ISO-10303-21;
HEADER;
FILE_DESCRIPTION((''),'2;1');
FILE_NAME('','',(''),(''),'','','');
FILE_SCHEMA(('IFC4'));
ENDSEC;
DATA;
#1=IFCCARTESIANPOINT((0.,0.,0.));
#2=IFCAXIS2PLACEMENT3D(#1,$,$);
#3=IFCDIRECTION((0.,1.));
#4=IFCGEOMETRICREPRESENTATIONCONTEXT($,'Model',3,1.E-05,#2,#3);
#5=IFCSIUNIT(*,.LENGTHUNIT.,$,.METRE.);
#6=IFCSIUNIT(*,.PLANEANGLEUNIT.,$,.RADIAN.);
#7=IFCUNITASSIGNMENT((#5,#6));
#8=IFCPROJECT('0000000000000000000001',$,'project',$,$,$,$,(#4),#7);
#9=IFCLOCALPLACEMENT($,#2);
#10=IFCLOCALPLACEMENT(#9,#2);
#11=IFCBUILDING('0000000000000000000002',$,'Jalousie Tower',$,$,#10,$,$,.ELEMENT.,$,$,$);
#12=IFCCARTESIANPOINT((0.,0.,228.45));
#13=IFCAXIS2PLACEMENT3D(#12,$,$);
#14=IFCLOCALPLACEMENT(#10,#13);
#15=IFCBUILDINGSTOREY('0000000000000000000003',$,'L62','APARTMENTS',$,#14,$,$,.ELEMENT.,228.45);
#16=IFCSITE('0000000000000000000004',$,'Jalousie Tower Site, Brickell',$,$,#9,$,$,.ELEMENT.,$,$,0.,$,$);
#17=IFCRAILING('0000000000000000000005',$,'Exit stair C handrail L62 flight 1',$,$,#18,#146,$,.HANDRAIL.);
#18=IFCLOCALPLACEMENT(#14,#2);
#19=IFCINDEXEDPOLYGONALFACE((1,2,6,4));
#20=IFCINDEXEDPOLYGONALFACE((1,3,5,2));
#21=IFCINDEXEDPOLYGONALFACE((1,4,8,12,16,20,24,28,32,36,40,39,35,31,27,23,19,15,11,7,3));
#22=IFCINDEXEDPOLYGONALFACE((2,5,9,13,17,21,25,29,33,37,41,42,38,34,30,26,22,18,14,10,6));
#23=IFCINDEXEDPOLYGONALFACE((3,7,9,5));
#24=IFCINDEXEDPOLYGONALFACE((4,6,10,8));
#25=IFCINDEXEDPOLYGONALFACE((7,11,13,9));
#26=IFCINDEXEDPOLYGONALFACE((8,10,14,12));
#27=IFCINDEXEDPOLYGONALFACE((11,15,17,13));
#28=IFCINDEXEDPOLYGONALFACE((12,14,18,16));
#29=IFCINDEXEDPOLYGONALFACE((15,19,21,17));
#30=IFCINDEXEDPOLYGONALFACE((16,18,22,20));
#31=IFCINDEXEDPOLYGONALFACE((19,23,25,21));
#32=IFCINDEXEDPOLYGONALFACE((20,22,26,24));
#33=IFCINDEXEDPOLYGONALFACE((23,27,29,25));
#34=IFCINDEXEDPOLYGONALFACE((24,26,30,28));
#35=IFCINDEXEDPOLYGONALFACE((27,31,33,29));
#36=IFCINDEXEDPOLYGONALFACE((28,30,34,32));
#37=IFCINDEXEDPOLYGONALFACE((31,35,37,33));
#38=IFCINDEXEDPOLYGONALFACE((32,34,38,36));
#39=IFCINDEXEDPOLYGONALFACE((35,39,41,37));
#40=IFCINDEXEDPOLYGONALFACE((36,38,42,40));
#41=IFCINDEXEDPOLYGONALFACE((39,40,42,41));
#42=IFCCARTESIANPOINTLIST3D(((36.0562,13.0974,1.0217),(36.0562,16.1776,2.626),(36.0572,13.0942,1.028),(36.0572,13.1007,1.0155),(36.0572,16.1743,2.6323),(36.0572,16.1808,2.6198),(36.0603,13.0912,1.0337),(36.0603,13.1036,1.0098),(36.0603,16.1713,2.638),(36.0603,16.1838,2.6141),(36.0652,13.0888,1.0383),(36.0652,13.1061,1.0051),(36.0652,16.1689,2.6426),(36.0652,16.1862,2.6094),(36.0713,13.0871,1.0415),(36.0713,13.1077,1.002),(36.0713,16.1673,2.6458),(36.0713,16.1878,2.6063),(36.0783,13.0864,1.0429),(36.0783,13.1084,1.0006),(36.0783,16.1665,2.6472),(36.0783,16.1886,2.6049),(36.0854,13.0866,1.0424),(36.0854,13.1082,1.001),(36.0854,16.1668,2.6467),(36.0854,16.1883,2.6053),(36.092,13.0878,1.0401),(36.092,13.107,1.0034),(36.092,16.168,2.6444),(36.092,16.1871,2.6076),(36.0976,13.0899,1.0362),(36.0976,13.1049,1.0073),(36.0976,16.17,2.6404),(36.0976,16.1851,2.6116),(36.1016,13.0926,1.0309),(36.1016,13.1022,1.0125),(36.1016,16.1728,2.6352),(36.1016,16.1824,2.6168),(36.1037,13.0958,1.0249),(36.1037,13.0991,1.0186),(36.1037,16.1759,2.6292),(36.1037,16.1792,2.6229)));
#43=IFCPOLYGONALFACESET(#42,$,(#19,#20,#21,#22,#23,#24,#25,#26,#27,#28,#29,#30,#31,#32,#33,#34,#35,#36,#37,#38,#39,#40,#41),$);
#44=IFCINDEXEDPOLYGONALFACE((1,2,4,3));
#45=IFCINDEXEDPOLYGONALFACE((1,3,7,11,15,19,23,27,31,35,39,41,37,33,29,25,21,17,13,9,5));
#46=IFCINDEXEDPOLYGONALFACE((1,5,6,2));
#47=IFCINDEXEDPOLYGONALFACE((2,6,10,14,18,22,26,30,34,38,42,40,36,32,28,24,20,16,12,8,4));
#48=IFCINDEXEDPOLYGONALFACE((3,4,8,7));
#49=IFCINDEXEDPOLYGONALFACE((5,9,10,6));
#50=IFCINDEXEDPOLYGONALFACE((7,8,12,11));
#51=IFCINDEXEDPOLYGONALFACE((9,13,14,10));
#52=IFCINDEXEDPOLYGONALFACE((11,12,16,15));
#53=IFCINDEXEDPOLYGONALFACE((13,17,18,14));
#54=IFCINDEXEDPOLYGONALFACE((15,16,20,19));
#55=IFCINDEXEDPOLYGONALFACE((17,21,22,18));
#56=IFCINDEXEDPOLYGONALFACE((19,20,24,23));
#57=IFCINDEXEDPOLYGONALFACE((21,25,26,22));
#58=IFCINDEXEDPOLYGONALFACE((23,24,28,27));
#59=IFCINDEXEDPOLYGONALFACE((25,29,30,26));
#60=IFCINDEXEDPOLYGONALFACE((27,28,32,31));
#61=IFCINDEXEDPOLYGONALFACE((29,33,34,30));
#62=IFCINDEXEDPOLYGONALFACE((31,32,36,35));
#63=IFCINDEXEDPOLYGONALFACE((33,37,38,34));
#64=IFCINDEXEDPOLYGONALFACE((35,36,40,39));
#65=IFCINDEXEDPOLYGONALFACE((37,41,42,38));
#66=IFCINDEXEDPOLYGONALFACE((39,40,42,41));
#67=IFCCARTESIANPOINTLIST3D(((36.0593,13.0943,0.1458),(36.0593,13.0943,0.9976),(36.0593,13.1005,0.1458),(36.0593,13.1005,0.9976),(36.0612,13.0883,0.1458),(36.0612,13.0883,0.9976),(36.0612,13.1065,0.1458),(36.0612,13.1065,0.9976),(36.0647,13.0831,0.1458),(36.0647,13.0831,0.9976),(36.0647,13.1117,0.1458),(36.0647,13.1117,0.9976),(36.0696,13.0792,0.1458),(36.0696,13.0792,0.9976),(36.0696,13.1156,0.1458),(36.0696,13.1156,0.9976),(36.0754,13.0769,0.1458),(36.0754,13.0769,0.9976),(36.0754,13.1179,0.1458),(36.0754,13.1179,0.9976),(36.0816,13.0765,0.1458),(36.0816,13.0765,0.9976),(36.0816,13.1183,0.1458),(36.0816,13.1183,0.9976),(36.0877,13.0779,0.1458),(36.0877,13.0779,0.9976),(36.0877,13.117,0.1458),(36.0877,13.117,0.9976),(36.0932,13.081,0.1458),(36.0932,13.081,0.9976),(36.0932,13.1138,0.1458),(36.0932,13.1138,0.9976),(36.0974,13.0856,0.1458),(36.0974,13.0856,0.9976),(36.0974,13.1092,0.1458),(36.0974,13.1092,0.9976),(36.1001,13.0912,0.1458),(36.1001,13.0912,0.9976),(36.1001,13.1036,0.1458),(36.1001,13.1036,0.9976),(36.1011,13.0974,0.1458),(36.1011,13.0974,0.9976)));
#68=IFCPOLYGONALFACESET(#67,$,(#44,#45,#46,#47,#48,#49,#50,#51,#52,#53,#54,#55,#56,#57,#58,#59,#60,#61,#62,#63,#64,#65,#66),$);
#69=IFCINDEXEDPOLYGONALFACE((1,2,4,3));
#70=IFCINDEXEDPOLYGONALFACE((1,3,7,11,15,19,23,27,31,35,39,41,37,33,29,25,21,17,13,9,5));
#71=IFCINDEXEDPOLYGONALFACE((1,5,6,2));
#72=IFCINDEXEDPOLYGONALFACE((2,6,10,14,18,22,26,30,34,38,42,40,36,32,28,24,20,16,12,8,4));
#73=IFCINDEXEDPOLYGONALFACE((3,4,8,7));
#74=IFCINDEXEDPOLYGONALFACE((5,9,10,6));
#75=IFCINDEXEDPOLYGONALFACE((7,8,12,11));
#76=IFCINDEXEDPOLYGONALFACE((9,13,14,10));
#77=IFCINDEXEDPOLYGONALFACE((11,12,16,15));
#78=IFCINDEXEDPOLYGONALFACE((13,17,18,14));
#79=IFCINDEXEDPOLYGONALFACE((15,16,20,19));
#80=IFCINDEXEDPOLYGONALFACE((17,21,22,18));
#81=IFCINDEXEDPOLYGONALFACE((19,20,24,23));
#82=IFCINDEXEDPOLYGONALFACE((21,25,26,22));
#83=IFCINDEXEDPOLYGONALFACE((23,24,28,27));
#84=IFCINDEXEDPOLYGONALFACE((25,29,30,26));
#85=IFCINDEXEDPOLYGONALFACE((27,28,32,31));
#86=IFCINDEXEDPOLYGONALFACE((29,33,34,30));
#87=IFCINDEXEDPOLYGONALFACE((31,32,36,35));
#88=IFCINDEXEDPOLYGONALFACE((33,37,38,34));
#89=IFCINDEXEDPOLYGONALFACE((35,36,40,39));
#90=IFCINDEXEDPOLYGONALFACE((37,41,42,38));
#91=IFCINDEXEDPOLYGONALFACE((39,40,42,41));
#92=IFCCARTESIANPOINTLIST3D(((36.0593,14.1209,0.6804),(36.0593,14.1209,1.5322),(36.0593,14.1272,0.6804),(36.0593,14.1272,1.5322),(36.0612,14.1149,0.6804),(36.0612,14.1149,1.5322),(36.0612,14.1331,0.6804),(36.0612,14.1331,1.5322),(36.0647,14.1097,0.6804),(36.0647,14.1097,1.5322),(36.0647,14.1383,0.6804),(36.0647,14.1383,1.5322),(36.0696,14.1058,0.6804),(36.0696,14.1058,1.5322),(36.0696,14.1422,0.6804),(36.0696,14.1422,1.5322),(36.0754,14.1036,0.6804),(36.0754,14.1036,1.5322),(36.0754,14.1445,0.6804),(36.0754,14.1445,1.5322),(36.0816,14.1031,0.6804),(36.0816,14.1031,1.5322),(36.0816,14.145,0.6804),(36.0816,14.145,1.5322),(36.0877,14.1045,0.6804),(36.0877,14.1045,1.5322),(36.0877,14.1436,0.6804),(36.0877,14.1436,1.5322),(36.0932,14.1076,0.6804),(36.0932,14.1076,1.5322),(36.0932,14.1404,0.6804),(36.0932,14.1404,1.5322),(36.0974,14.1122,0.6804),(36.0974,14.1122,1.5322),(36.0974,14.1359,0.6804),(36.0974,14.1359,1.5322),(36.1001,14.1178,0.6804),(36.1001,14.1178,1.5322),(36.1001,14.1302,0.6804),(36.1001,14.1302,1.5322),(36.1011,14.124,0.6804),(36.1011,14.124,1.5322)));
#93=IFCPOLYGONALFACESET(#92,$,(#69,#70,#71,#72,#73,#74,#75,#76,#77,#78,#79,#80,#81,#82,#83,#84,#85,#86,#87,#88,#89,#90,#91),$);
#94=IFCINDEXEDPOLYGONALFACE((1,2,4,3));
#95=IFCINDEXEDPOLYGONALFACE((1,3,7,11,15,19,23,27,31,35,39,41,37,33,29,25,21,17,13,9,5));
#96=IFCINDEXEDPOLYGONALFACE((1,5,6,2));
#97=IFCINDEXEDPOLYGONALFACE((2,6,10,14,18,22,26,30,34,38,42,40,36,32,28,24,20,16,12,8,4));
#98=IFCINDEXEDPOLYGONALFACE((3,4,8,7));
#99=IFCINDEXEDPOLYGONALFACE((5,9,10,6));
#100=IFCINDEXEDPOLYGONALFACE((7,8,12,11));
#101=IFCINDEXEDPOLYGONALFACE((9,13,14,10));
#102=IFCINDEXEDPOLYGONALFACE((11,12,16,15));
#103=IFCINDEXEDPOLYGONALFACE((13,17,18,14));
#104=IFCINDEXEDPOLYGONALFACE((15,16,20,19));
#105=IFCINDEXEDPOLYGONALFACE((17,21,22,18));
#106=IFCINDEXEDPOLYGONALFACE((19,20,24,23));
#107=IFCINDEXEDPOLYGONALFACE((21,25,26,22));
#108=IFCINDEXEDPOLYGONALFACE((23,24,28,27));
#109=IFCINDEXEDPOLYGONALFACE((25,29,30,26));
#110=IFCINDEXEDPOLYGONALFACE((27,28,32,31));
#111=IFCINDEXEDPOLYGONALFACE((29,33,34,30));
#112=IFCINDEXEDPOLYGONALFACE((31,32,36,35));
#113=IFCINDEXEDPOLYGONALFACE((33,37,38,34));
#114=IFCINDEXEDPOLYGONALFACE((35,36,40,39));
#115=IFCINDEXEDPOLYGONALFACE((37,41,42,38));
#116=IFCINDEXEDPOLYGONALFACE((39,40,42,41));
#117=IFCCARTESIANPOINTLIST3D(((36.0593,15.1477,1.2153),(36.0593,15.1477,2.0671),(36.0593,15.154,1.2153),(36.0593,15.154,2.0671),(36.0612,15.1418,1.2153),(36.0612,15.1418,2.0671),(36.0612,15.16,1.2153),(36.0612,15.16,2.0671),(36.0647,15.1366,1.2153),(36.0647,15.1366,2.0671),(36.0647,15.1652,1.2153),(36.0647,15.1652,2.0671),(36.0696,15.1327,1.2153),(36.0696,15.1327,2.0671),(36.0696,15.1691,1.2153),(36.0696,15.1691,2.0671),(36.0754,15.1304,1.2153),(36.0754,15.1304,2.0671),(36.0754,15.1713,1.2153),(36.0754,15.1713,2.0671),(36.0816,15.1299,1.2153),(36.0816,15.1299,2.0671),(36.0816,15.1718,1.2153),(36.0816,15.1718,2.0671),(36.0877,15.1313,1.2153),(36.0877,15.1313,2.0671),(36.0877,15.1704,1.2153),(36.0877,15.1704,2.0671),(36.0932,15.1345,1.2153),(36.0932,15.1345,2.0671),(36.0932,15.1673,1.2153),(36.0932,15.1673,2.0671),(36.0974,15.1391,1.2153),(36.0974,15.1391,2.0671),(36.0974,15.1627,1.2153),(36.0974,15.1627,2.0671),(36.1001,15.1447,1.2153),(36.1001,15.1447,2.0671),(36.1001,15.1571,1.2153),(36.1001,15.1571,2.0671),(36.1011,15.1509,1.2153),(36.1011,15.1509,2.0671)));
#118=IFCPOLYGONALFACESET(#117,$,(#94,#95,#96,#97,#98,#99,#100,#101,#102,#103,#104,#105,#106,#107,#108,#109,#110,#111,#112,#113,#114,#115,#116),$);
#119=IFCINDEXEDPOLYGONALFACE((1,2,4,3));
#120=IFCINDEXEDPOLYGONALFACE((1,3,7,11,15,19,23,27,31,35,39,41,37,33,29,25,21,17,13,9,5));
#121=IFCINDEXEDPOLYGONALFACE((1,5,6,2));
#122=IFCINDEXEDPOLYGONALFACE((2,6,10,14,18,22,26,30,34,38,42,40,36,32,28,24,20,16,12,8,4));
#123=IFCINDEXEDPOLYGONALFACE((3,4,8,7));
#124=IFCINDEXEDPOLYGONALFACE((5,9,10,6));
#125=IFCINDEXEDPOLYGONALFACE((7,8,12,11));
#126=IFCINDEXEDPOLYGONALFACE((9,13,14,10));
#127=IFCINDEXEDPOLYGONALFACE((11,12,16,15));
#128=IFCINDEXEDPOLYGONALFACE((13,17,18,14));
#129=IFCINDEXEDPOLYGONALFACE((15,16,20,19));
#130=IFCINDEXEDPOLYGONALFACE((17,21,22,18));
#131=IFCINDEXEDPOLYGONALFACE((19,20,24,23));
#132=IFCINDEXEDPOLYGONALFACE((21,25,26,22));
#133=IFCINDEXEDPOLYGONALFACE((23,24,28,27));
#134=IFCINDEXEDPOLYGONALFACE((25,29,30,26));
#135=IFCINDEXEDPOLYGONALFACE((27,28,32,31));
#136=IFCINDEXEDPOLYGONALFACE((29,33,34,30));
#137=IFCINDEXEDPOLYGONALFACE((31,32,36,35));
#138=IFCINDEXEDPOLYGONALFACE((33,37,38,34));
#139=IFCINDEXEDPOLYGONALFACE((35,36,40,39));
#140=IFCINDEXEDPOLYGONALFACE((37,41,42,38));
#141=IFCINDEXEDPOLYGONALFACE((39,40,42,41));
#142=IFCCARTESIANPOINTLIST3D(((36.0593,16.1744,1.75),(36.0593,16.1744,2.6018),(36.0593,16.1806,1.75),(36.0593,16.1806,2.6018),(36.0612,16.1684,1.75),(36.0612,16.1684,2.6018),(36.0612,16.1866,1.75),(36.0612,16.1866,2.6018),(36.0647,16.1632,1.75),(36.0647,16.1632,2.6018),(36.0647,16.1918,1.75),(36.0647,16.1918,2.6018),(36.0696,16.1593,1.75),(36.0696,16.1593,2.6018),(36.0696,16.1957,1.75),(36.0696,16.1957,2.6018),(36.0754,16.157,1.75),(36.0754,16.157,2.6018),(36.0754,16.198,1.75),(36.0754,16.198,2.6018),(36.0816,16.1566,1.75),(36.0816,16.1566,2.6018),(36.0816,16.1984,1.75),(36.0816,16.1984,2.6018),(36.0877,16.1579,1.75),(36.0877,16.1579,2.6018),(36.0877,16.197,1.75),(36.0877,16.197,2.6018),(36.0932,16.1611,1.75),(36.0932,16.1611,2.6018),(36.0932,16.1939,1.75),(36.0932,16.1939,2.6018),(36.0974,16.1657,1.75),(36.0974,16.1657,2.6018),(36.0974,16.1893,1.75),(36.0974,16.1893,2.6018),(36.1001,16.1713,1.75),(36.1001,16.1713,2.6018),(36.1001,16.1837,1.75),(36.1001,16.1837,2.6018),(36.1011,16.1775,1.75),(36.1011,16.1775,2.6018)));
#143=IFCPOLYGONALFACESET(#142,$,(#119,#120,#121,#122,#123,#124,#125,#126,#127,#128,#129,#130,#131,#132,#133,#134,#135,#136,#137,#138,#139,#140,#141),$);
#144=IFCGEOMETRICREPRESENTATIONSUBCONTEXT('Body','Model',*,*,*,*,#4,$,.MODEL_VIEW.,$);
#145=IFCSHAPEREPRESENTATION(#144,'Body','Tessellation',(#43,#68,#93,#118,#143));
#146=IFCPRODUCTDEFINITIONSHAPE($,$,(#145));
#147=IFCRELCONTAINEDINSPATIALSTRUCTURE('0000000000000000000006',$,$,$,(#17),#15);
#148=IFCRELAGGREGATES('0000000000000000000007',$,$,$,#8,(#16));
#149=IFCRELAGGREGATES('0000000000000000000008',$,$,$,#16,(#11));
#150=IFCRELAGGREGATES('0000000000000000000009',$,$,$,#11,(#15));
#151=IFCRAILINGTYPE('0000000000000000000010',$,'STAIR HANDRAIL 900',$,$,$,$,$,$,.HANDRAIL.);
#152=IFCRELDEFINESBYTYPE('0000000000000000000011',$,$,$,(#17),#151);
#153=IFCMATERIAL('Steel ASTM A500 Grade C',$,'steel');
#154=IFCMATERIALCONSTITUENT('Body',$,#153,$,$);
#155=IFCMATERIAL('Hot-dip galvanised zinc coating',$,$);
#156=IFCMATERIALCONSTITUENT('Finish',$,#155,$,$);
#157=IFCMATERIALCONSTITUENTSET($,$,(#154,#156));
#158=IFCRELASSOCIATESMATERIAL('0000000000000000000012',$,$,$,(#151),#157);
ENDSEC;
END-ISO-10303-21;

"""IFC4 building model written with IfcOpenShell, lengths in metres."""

from ifc_helpers import new_model, si_unit, direction, frame, origin, origin_2d, place, context, subcontext, project, spatial, circle, extrude, material, constituent, constituent_set, type_object, element, save


model = new_model("IFC4")

# Units and contexts
model_context = context("Model", 3, precision=1e-05, world=origin(), true_north=direction((0.0, 1.0)))
body_context = subcontext(model_context, "Body", "Model", "MODEL_VIEW")
ifc_project = project(units=[si_unit("LENGTHUNIT", "METRE"), si_unit("PLANEANGLEUNIT", "RADIAN")], contexts=[model_context])

# Site, building, storey
site_placement = place(None, origin())
site = spatial("IfcSite", under=ifc_project, at=site_placement, Name="Jalousie Tower Site, Brickell", CompositionType="ELEMENT", RefElevation=0.0)
building_placement = place(site_placement, origin())
building = spatial("IfcBuilding", under=site, at=building_placement, Name="Jalousie Tower", CompositionType="ELEMENT")
storey_placement = place(building_placement, frame((0.0, 0.0, 228.45)))
storey = spatial("IfcBuildingStorey", under=building, at=storey_placement, Name="L62", Description="APARTMENTS", CompositionType="ELEMENT", Elevation=228.45)

# Railing
ifc_material_1 = material(Name="Steel ASTM A500 Grade C", Category="steel")
ifc_constituent_1 = constituent(ifc_material_1, Name="Body")
ifc_material_2 = material(Name="Hot-dip galvanised zinc coating")
ifc_constituent_2 = constituent(ifc_material_2, Name="Finish")
ifc_constituent_set_1 = constituent_set(constituents=[ifc_constituent_1, ifc_constituent_2])
railing_type_1 = type_object("IfcRailingType", Name="STAIR HANDRAIL 900", PredefinedType="HANDRAIL", material=ifc_constituent_set_1)
railing_1_placement = place(storey_placement, frame((36.0801, 13.0974, 0.1458)))
element("IfcRailing", 1, at=railing_1_placement, inside=storey, type_object=railing_type_1, Name="Exit stair C handrail L62 flight 1", PredefinedType="HANDRAIL", context=body_context, shape_type="SweptSolid", body=[
    extrude(circle(Radius=0.0239, at=origin_2d()), frame((0.0, 0.0, 0.876), z_axis=(0.0, 0.886909, 0.461944), x_axis=(-1.0, 0.0, 0.0)), (0.0, 0.0, 1.0), 3.4729),
    extrude(circle(Radius=0.021, at=origin_2d()), origin(), (0.0, 0.0, 1.0), 0.8518),
    extrude(circle(Radius=0.021, at=origin_2d()), frame((0.0, 1.0266, 0.5347)), (0.0, 0.0, 1.0), 0.8518),
    extrude(circle(Radius=0.021, at=origin_2d()), frame((0.0, 2.0535, 1.0696)), (0.0, 0.0, 1.0), 0.8518),
    extrude(circle(Radius=0.021, at=origin_2d()), frame((0.0, 3.0801, 1.6042)), (0.0, 0.0, 1.0), 0.8518),
])

save(model, "model.ifc")
